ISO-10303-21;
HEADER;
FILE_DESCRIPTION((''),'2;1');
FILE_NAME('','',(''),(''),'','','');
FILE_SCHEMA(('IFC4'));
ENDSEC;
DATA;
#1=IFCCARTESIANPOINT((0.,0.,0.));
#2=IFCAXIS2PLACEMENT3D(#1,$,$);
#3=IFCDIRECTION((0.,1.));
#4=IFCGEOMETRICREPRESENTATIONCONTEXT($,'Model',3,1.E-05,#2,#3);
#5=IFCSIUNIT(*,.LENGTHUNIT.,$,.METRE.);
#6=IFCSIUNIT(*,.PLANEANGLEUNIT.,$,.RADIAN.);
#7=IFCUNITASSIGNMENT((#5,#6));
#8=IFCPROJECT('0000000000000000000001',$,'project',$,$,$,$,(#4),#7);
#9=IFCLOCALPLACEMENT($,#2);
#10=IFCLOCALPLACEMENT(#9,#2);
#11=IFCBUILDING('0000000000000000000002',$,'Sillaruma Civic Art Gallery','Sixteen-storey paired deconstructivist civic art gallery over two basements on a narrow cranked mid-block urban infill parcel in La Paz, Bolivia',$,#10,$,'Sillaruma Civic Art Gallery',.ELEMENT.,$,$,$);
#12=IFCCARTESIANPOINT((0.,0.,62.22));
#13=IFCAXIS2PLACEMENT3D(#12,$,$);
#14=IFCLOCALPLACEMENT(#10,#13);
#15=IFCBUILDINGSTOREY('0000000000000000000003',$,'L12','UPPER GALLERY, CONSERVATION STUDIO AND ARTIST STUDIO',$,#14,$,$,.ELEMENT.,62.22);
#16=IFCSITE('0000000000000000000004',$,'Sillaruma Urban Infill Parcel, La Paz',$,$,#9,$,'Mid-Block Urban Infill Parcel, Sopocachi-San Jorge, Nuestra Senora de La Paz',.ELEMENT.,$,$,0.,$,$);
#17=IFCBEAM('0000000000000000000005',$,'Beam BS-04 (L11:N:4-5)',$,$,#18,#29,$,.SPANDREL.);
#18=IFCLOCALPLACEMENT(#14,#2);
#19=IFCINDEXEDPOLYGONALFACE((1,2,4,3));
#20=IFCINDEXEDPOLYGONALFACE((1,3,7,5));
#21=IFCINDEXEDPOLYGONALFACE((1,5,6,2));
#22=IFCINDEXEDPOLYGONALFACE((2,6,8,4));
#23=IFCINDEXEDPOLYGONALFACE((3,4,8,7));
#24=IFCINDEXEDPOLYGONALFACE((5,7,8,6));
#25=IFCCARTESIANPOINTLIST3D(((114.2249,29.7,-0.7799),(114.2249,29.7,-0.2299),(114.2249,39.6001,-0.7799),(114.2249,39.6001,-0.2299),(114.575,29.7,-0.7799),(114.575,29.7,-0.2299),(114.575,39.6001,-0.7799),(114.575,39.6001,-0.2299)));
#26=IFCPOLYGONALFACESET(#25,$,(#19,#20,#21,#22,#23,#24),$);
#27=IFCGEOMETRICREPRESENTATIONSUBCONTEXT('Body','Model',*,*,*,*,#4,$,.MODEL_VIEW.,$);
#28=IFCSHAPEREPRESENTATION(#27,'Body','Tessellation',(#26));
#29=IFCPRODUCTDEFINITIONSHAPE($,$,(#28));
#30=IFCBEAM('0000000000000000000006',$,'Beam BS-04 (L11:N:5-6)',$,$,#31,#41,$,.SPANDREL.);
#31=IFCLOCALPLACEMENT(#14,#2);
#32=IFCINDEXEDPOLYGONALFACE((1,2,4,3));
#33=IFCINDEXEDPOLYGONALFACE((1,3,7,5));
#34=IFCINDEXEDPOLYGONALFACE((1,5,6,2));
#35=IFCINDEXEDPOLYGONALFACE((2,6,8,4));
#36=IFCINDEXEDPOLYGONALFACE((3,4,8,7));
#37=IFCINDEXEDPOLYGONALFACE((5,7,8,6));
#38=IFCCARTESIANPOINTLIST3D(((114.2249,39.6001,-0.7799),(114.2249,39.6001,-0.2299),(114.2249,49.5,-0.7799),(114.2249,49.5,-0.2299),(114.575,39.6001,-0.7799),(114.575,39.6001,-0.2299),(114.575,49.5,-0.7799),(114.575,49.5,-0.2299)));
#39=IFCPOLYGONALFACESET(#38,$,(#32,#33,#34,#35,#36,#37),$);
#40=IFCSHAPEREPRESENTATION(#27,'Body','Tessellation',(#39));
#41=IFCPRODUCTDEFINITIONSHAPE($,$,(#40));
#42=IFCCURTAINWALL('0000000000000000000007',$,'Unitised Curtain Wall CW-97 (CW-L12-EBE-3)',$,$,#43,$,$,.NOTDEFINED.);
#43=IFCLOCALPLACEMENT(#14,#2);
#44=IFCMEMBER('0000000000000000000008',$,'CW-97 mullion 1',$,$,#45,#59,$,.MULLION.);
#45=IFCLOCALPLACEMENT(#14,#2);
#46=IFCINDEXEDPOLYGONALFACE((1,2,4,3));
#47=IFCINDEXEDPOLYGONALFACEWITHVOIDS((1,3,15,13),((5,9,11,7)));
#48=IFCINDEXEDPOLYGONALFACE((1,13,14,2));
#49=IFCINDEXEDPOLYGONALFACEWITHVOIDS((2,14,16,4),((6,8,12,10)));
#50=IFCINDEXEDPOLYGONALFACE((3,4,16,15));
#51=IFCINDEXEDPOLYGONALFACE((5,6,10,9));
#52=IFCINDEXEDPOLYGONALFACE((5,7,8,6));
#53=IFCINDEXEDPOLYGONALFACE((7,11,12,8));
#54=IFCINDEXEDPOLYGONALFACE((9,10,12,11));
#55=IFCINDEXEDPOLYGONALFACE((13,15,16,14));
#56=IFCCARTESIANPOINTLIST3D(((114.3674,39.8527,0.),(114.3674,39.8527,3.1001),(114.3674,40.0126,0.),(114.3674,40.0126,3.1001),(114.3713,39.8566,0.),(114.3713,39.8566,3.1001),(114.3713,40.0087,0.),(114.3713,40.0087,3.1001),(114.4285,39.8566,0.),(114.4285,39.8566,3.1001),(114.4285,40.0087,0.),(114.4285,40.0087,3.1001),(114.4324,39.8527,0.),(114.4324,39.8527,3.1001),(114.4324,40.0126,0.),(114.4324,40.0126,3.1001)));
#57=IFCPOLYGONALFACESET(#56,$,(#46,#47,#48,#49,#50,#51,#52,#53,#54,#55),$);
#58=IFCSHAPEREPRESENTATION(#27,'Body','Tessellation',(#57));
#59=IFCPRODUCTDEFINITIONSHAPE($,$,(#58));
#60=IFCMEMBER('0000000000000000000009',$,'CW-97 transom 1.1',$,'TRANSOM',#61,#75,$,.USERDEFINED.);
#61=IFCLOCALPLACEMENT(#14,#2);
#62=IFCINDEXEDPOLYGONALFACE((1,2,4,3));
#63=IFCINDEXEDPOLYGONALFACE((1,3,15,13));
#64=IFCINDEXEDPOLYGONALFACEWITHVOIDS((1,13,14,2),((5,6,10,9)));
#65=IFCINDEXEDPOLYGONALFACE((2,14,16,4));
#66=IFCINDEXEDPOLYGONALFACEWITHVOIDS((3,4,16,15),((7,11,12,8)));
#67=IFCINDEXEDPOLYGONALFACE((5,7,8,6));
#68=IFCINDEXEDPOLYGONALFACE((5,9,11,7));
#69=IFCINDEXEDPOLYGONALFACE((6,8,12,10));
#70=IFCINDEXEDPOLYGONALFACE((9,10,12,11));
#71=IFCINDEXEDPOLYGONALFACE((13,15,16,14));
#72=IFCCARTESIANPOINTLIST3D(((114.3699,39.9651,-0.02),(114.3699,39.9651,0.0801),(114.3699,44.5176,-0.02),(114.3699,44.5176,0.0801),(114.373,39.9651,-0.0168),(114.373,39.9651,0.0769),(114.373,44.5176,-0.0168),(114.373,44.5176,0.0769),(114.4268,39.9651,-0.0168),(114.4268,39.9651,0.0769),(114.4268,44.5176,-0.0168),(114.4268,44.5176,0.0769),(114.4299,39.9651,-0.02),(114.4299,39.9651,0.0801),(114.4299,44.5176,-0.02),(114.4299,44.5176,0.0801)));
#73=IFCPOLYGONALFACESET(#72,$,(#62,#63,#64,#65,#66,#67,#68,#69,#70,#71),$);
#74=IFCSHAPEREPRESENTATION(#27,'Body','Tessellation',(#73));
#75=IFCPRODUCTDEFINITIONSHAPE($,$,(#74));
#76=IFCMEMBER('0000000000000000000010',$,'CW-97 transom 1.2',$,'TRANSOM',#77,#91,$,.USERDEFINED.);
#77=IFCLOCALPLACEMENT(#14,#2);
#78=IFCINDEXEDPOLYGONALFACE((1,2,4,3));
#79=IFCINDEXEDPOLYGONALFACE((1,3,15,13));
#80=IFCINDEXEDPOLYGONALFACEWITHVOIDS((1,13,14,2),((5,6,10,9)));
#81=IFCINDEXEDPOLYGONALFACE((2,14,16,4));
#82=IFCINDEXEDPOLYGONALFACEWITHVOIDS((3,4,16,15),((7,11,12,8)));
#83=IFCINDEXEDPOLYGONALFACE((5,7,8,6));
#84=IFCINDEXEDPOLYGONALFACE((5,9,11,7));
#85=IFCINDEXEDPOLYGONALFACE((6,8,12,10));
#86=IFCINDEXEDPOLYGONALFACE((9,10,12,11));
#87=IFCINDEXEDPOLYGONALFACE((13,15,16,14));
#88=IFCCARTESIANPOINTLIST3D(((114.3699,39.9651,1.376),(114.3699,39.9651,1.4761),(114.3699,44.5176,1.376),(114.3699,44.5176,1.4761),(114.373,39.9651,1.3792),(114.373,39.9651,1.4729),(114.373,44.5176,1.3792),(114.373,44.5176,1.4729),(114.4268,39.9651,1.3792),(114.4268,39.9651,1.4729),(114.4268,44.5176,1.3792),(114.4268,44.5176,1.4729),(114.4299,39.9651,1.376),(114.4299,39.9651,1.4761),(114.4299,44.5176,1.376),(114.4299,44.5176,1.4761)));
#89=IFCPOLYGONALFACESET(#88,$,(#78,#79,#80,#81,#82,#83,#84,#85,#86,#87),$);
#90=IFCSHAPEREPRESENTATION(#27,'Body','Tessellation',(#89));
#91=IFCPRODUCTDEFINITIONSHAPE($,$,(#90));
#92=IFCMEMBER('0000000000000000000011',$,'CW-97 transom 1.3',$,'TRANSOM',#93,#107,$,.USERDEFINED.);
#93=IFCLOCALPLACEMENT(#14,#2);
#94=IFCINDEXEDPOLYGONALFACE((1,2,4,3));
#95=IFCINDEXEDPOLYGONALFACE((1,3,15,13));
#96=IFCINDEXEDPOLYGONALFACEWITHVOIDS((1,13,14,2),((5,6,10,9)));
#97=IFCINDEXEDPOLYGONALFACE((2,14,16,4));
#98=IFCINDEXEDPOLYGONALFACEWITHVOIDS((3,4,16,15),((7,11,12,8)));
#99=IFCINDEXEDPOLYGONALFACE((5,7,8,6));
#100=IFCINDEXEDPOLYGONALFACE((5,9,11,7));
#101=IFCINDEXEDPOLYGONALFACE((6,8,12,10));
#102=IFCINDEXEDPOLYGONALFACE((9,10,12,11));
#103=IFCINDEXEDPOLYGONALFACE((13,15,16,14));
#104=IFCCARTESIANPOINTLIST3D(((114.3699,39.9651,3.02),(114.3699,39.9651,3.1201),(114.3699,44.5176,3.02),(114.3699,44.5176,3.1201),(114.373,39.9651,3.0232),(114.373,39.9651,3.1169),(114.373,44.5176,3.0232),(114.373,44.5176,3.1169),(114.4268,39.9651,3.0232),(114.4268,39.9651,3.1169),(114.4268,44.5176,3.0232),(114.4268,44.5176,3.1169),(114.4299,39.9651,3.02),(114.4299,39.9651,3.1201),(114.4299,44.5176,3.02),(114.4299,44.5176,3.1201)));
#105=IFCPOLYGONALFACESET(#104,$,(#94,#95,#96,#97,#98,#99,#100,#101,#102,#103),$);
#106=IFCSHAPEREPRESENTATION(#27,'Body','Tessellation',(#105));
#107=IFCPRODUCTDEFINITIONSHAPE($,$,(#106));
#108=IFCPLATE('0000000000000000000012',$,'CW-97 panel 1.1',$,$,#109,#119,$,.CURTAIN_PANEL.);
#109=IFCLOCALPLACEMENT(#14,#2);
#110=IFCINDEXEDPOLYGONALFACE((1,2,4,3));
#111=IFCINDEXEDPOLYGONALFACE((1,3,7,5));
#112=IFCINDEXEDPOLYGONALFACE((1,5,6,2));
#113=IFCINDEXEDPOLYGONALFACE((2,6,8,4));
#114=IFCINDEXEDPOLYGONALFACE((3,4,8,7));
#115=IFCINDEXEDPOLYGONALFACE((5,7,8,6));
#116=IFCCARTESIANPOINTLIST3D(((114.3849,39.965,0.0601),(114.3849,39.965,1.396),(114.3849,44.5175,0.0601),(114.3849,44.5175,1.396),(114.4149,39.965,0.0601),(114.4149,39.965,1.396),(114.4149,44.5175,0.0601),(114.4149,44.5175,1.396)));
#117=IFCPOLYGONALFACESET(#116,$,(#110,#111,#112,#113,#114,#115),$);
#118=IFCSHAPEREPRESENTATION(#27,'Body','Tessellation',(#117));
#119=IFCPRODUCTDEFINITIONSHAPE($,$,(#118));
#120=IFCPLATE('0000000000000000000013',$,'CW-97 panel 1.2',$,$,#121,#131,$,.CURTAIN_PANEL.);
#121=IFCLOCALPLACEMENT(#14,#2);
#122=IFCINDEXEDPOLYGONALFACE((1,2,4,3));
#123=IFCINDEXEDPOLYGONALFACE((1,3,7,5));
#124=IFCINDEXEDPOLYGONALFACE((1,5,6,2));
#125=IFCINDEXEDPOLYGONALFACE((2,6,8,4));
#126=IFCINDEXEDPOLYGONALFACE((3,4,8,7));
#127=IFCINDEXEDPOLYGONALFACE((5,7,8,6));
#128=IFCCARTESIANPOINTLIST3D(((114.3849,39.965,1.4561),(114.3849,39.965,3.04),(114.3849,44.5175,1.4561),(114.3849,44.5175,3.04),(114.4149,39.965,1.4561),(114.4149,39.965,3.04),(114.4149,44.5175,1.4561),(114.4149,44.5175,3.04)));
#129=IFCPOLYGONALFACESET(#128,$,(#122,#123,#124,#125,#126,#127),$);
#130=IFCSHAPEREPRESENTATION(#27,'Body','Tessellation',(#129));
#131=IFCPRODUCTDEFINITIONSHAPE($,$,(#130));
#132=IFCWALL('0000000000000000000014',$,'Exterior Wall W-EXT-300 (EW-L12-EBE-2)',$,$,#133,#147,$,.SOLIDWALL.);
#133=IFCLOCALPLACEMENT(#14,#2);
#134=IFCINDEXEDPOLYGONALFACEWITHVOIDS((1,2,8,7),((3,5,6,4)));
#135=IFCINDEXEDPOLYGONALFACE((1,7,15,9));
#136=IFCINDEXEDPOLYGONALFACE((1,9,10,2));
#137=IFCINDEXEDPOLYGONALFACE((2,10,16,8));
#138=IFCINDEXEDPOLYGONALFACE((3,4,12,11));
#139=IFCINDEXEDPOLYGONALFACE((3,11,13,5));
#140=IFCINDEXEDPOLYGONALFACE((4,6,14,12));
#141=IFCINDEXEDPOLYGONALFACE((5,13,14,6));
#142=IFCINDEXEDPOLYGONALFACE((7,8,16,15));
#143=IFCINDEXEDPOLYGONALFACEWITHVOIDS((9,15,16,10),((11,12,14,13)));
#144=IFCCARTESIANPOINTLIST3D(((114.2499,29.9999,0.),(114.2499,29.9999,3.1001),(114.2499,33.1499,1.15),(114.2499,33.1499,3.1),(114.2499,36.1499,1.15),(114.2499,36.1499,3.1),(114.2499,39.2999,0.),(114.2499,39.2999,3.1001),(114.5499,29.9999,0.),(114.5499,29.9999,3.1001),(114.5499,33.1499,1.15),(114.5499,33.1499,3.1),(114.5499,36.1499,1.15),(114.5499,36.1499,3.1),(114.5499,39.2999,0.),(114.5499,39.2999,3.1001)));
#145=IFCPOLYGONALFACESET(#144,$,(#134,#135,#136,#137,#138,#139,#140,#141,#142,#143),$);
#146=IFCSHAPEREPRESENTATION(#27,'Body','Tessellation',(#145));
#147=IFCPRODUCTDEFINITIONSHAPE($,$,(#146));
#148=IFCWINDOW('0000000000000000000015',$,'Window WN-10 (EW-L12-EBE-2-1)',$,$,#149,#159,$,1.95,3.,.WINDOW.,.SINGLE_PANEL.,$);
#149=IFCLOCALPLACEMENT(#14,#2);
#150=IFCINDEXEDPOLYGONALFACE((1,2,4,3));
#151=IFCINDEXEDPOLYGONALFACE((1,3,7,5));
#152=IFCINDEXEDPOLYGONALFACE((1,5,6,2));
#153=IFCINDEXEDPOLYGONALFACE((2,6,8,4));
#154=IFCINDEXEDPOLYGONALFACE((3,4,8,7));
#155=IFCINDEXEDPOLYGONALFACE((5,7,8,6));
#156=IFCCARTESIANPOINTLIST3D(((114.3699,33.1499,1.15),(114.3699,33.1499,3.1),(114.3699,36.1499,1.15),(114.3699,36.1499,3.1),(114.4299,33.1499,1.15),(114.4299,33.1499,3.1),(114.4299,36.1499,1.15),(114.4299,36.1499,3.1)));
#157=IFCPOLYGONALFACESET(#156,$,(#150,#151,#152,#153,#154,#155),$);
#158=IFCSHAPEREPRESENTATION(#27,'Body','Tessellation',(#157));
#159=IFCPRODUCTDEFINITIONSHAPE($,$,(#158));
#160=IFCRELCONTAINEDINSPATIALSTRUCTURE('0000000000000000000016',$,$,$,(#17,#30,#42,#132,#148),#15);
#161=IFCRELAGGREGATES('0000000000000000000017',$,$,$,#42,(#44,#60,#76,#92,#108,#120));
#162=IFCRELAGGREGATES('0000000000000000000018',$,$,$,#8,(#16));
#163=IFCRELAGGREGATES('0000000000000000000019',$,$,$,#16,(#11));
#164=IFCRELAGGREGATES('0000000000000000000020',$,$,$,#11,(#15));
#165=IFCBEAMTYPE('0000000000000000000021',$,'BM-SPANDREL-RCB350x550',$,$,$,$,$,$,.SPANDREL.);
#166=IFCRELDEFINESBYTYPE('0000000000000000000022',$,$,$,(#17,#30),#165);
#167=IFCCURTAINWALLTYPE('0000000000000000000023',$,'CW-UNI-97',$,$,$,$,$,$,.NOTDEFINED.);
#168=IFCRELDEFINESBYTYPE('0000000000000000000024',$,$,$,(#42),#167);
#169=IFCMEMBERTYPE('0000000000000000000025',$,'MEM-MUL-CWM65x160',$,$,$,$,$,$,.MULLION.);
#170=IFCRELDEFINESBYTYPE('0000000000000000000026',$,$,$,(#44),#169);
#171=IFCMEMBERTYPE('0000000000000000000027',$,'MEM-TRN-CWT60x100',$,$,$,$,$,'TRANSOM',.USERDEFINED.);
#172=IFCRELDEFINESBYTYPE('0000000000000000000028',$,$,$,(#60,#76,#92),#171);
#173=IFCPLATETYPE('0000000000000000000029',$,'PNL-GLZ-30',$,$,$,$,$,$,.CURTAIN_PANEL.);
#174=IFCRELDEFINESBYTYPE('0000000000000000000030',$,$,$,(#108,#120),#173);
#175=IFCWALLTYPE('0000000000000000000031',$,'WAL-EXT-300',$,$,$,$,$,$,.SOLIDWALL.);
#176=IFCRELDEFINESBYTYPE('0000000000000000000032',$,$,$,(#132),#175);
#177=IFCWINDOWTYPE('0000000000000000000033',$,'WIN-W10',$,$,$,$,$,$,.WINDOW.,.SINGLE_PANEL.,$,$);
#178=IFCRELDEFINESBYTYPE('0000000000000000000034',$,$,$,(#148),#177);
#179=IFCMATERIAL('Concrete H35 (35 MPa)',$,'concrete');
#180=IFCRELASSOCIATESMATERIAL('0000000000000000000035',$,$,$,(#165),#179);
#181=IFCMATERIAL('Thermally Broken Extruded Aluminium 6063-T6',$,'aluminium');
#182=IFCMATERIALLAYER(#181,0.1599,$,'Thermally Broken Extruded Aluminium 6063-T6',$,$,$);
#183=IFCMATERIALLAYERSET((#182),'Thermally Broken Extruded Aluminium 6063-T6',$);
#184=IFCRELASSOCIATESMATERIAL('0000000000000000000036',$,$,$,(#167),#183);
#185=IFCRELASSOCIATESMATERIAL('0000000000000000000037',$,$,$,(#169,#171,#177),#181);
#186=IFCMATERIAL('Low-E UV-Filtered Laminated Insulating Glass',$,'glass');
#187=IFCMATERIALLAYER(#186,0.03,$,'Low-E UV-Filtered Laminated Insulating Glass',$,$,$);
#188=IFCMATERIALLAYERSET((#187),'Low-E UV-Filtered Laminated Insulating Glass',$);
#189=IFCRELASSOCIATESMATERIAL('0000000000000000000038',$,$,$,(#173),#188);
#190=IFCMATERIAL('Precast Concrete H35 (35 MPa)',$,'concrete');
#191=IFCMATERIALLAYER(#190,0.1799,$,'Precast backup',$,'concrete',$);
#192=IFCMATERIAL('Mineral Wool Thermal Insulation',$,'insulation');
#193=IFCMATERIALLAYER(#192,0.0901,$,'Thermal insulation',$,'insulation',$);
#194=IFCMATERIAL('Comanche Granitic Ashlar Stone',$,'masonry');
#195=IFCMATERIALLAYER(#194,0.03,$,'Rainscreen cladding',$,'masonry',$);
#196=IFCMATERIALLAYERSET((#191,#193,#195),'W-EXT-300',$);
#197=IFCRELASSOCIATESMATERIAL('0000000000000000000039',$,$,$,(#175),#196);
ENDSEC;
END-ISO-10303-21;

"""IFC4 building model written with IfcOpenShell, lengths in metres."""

from ifc_helpers import new_model, si_unit, direction, frame, frame_2d, origin, origin_2d, place, context, subcontext, project, spatial, rectangle, hollow_rectangle, extrude, material, layer, layer_set, material_profile, profile_set, type_object, element, fill, aggregate, save


model = new_model("IFC4")

# Units and contexts
model_context = context("Model", 3, precision=1e-05, world=origin(), true_north=direction((0.0, 1.0)))
body_context = subcontext(model_context, "Body", "Model", "MODEL_VIEW")
ifc_project = project(units=[si_unit("LENGTHUNIT", "METRE"), si_unit("PLANEANGLEUNIT", "RADIAN")], contexts=[model_context])

# Site, building, storey
site_placement = place(None, origin())
site = spatial("IfcSite", under=ifc_project, at=site_placement, Name="Sillaruma Urban Infill Parcel, La Paz", LongName="Mid-Block Urban Infill Parcel, Sopocachi-San Jorge, Nuestra Senora de La Paz", CompositionType="ELEMENT", RefElevation=0.0)
building_placement = place(site_placement, origin())
building = spatial("IfcBuilding", under=site, at=building_placement, Name="Sillaruma Civic Art Gallery", Description="Sixteen-storey paired deconstructivist civic art gallery over two basements on a narrow cranked mid-block urban infill parcel in La Paz, Bolivia", LongName="Sillaruma Civic Art Gallery", CompositionType="ELEMENT")
storey_placement = place(building_placement, frame((0.0, 0.0, 62.22)))
storey = spatial("IfcBuildingStorey", under=building, at=storey_placement, Name="L12", Description="UPPER GALLERY, CONSERVATION STUDIO AND ARTIST STUDIO", CompositionType="ELEMENT", Elevation=62.22)

# Beams
ifc_material_1 = material(Name="Concrete H35 (35 MPa)", Category="concrete")
ifc_material_profile_1 = material_profile(ifc_material_1, rectangle(XDim=0.3501, YDim=0.55, at=origin_2d()), Name="RCB350x550")
ifc_profile_set_1 = profile_set([ifc_material_profile_1], Name="Concrete H35 (35 MPa)")
beam_type_1 = type_object("IfcBeamType", Name="BM-SPANDREL-RCB350x550", PredefinedType="SPANDREL", material=ifc_profile_set_1)
beam_1_placement = place(storey_placement, frame((114.3999, 29.7, -0.5049), z_axis=(0.0, 1.0, 0.0), x_axis=(-1.0, 0.0, 0.0)))
element("IfcBeam", 1, at=beam_1_placement, inside=storey, type_object=beam_type_1, Name="Beam BS-04 (L11:N:4-5)", PredefinedType="SPANDREL", context=body_context, shape_type="SweptSolid", body=[
    extrude(rectangle(XDim=0.3501, YDim=0.55, at=origin_2d()), origin(), (0.0, 0.0, 1.0), 9.9001),
])
beam_2_placement = place(storey_placement, frame((114.3999, 39.6001, -0.5049), z_axis=(0.0, 1.0, 0.0), x_axis=(-1.0, 0.0, 0.0)))
element("IfcBeam", 2, at=beam_2_placement, inside=storey, type_object=beam_type_1, Name="Beam BS-04 (L11:N:5-6)", PredefinedType="SPANDREL", context=body_context, shape_type="SweptSolid", body=[
    extrude(rectangle(XDim=0.3501, YDim=0.55, at=origin_2d()), origin(), (0.0, 0.0, 1.0), 9.8999),
])

# Curtain wall, members, plates
ifc_material_2 = material(Name="Thermally Broken Extruded Aluminium 6063-T6", Category="aluminium")
ifc_layer_1 = layer(ifc_material_2, 0.1599, Name="Thermally Broken Extruded Aluminium 6063-T6")
ifc_layer_set_1 = layer_set([ifc_layer_1], Name="Thermally Broken Extruded Aluminium 6063-T6")
curtain_wall_type = type_object("IfcCurtainWallType", Name="CW-UNI-97", PredefinedType="NOTDEFINED", material=ifc_layer_set_1)
curtain_wall_placement = place(storey_placement, origin())
curtain_wall = element("IfcCurtainWall", 3, at=curtain_wall_placement, inside=storey, type_object=curtain_wall_type, Name="Unitised Curtain Wall CW-97 (CW-L12-EBE-3)", PredefinedType="NOTDEFINED")
ifc_material_profile_2 = material_profile(ifc_material_2, hollow_rectangle(XDim=0.0649, YDim=0.1599, WallThickness=0.0039, at=origin_2d()), Name="CWM65x160")
ifc_profile_set_2 = profile_set([ifc_material_profile_2], Name="Thermally Broken Extruded Aluminium 6063-T6")
member_type_1 = type_object("IfcMemberType", Name="MEM-MUL-CWM65x160", PredefinedType="MULLION", material=ifc_profile_set_2)
member_1_placement = place(storey_placement, frame((114.3999, 39.9326, 0.0), z_axis=(0.0, 0.0, 1.0), x_axis=(-1.0, 0.0, 0.0)))
member_1 = element("IfcMember", 4, at=member_1_placement, type_object=member_type_1, Name="CW-97 mullion 1", PredefinedType="MULLION", context=body_context, shape_type="SweptSolid", body=[
    extrude(hollow_rectangle(XDim=0.0649, YDim=0.1599, WallThickness=0.0039, at=origin_2d()), origin(), (0.0, 0.0, 1.0), 3.1001),
])
ifc_material_profile_3 = material_profile(ifc_material_2, hollow_rectangle(XDim=0.0601, YDim=0.1001, WallThickness=0.0032, at=origin_2d()), Name="CWT60x100")
ifc_profile_set_3 = profile_set([ifc_material_profile_3], Name="Thermally Broken Extruded Aluminium 6063-T6")
member_type_2 = type_object("IfcMemberType", Name="MEM-TRN-CWT60x100", ElementType="TRANSOM", PredefinedType="USERDEFINED", material=ifc_profile_set_3)
member_2_placement = place(storey_placement, frame((114.3999, 39.9651, 0.03), z_axis=(0.0, 1.0, 0.0), x_axis=(-1.0, 0.0, 0.0)))
member_2 = element("IfcMember", 5, at=member_2_placement, type_object=member_type_2, Name="CW-97 transom 1.1", ObjectType="TRANSOM", PredefinedType="USERDEFINED", context=body_context, shape_type="SweptSolid", body=[
    extrude(hollow_rectangle(XDim=0.0601, YDim=0.1001, WallThickness=0.0032, at=origin_2d()), origin(), (0.0, 0.0, 1.0), 4.5525),
])
member_3_placement = place(storey_placement, frame((114.3999, 39.9651, 1.426), z_axis=(0.0, 1.0, 0.0), x_axis=(-1.0, 0.0, 0.0)))
member_3 = element("IfcMember", 6, at=member_3_placement, type_object=member_type_2, Name="CW-97 transom 1.2", ObjectType="TRANSOM", PredefinedType="USERDEFINED", context=body_context, shape_type="SweptSolid", body=[
    extrude(hollow_rectangle(XDim=0.0601, YDim=0.1001, WallThickness=0.0032, at=origin_2d()), origin(), (0.0, 0.0, 1.0), 4.5525),
])
member_4_placement = place(storey_placement, frame((114.3999, 39.9651, 3.0701), z_axis=(0.0, 1.0, 0.0), x_axis=(-1.0, 0.0, 0.0)))
member_4 = element("IfcMember", 7, at=member_4_placement, type_object=member_type_2, Name="CW-97 transom 1.3", ObjectType="TRANSOM", PredefinedType="USERDEFINED", context=body_context, shape_type="SweptSolid", body=[
    extrude(hollow_rectangle(XDim=0.0601, YDim=0.1001, WallThickness=0.0032, at=origin_2d()), origin(), (0.0, 0.0, 1.0), 4.5525),
])
ifc_material_3 = material(Name="Low-E UV-Filtered Laminated Insulating Glass", Category="glass")
ifc_layer_2 = layer(ifc_material_3, 0.03, Name="Low-E UV-Filtered Laminated Insulating Glass")
ifc_layer_set_2 = layer_set([ifc_layer_2], Name="Low-E UV-Filtered Laminated Insulating Glass")
plate_type = type_object("IfcPlateType", Name="PNL-GLZ-30", PredefinedType="CURTAIN_PANEL", material=ifc_layer_set_2)
plate_1_placement = place(storey_placement, frame((114.3999, 42.2412, 0.0601), z_axis=(0.0, 0.0, 1.0), x_axis=(0.0, 1.0, 0.0)))
plate_1 = element("IfcPlate", 8, at=plate_1_placement, type_object=plate_type, Name="CW-97 panel 1.1", PredefinedType="CURTAIN_PANEL", context=body_context, shape_type="SweptSolid", body=[
    extrude(rectangle(XDim=4.5525, YDim=0.03, at=origin_2d()), origin(), (0.0, 0.0, 1.0), 1.3359),
])
plate_2_placement = place(storey_placement, frame((114.3999, 42.2412, 1.4561), z_axis=(0.0, 0.0, 1.0), x_axis=(0.0, 1.0, 0.0)))
plate_2 = element("IfcPlate", 9, at=plate_2_placement, type_object=plate_type, Name="CW-97 panel 1.2", PredefinedType="CURTAIN_PANEL", context=body_context, shape_type="SweptSolid", body=[
    extrude(rectangle(XDim=4.5525, YDim=0.03, at=origin_2d()), origin(), (0.0, 0.0, 1.0), 1.584),
])
aggregate(curtain_wall, [member_1, member_2, member_3, member_4, plate_1, plate_2])

# Wall, opening, window
ifc_material_4 = material(Name="Precast Concrete H35 (35 MPa)", Category="concrete")
ifc_layer_3 = layer(ifc_material_4, 0.1799, Name="Precast backup", Category="concrete")
ifc_material_5 = material(Name="Mineral Wool Thermal Insulation", Category="insulation")
ifc_layer_4 = layer(ifc_material_5, 0.0901, Name="Thermal insulation", Category="insulation")
ifc_material_6 = material(Name="Comanche Granitic Ashlar Stone", Category="masonry")
ifc_layer_5 = layer(ifc_material_6, 0.03, Name="Rainscreen cladding", Category="masonry")
ifc_layer_set_3 = layer_set([ifc_layer_3, ifc_layer_4, ifc_layer_5], Name="W-EXT-300")
wall_type_1 = type_object("IfcWallType", Name="WAL-EXT-300", PredefinedType="SOLIDWALL", material=ifc_layer_set_3)
wall_1_placement = place(storey_placement, frame((114.3999, 30.0, 0.0), z_axis=(0.0, 0.0, 1.0), x_axis=(0.0, 1.0, 0.0)))
wall_1 = element("IfcWall", 10, at=wall_1_placement, inside=storey, type_object=wall_type_1, Name="Exterior Wall W-EXT-300 (EW-L12-EBE-2)", PredefinedType="SOLIDWALL", context=body_context, shape_type="SweptSolid", body=[
    extrude(rectangle(XDim=9.3, YDim=0.3, at=frame_2d((4.6499, 0.0))), origin(), (0.0, 0.0, 1.0), 3.1001),
])
opening_1_placement = place(wall_1_placement, frame((3.1499, 0.0, 1.1499)))
opening_1 = element("IfcOpeningElement", 11, at=opening_1_placement, cuts=wall_1, PredefinedType="OPENING", context=body_context, shape_type="SweptSolid", body=[
    extrude(rectangle(XDim=3.0, YDim=1.95, at=frame_2d((1.5, 0.9751))), frame((0.0, 0.1599, 0.0), z_axis=(0.0, -1.0, 0.0), x_axis=(1.0, 0.0, 0.0)), (0.0, 0.0, 1.0), 0.3201),
])
window_type = type_object("IfcWindowType", Name="WIN-W10", PartitioningType="SINGLE_PANEL", PredefinedType="WINDOW", material=ifc_material_2)
window_placement = place(opening_1_placement, origin())
window = element("IfcWindow", 12, at=window_placement, inside=storey, type_object=window_type, Name="Window WN-10 (EW-L12-EBE-2-1)", OverallHeight=1.95, OverallWidth=3.0, PartitioningType="SINGLE_PANEL", PredefinedType="WINDOW", context=body_context, shape_type="SweptSolid", body=[
    extrude(rectangle(XDim=3.0, YDim=1.95, at=frame_2d((1.5, 0.9751))), frame((0.0, 0.03, 0.0), z_axis=(0.0, -1.0, 0.0), x_axis=(1.0, 0.0, 0.0)), (0.0, 0.0, 1.0), 0.0601),
])
fill(opening_1, window)

save(model, "model.ifc")
